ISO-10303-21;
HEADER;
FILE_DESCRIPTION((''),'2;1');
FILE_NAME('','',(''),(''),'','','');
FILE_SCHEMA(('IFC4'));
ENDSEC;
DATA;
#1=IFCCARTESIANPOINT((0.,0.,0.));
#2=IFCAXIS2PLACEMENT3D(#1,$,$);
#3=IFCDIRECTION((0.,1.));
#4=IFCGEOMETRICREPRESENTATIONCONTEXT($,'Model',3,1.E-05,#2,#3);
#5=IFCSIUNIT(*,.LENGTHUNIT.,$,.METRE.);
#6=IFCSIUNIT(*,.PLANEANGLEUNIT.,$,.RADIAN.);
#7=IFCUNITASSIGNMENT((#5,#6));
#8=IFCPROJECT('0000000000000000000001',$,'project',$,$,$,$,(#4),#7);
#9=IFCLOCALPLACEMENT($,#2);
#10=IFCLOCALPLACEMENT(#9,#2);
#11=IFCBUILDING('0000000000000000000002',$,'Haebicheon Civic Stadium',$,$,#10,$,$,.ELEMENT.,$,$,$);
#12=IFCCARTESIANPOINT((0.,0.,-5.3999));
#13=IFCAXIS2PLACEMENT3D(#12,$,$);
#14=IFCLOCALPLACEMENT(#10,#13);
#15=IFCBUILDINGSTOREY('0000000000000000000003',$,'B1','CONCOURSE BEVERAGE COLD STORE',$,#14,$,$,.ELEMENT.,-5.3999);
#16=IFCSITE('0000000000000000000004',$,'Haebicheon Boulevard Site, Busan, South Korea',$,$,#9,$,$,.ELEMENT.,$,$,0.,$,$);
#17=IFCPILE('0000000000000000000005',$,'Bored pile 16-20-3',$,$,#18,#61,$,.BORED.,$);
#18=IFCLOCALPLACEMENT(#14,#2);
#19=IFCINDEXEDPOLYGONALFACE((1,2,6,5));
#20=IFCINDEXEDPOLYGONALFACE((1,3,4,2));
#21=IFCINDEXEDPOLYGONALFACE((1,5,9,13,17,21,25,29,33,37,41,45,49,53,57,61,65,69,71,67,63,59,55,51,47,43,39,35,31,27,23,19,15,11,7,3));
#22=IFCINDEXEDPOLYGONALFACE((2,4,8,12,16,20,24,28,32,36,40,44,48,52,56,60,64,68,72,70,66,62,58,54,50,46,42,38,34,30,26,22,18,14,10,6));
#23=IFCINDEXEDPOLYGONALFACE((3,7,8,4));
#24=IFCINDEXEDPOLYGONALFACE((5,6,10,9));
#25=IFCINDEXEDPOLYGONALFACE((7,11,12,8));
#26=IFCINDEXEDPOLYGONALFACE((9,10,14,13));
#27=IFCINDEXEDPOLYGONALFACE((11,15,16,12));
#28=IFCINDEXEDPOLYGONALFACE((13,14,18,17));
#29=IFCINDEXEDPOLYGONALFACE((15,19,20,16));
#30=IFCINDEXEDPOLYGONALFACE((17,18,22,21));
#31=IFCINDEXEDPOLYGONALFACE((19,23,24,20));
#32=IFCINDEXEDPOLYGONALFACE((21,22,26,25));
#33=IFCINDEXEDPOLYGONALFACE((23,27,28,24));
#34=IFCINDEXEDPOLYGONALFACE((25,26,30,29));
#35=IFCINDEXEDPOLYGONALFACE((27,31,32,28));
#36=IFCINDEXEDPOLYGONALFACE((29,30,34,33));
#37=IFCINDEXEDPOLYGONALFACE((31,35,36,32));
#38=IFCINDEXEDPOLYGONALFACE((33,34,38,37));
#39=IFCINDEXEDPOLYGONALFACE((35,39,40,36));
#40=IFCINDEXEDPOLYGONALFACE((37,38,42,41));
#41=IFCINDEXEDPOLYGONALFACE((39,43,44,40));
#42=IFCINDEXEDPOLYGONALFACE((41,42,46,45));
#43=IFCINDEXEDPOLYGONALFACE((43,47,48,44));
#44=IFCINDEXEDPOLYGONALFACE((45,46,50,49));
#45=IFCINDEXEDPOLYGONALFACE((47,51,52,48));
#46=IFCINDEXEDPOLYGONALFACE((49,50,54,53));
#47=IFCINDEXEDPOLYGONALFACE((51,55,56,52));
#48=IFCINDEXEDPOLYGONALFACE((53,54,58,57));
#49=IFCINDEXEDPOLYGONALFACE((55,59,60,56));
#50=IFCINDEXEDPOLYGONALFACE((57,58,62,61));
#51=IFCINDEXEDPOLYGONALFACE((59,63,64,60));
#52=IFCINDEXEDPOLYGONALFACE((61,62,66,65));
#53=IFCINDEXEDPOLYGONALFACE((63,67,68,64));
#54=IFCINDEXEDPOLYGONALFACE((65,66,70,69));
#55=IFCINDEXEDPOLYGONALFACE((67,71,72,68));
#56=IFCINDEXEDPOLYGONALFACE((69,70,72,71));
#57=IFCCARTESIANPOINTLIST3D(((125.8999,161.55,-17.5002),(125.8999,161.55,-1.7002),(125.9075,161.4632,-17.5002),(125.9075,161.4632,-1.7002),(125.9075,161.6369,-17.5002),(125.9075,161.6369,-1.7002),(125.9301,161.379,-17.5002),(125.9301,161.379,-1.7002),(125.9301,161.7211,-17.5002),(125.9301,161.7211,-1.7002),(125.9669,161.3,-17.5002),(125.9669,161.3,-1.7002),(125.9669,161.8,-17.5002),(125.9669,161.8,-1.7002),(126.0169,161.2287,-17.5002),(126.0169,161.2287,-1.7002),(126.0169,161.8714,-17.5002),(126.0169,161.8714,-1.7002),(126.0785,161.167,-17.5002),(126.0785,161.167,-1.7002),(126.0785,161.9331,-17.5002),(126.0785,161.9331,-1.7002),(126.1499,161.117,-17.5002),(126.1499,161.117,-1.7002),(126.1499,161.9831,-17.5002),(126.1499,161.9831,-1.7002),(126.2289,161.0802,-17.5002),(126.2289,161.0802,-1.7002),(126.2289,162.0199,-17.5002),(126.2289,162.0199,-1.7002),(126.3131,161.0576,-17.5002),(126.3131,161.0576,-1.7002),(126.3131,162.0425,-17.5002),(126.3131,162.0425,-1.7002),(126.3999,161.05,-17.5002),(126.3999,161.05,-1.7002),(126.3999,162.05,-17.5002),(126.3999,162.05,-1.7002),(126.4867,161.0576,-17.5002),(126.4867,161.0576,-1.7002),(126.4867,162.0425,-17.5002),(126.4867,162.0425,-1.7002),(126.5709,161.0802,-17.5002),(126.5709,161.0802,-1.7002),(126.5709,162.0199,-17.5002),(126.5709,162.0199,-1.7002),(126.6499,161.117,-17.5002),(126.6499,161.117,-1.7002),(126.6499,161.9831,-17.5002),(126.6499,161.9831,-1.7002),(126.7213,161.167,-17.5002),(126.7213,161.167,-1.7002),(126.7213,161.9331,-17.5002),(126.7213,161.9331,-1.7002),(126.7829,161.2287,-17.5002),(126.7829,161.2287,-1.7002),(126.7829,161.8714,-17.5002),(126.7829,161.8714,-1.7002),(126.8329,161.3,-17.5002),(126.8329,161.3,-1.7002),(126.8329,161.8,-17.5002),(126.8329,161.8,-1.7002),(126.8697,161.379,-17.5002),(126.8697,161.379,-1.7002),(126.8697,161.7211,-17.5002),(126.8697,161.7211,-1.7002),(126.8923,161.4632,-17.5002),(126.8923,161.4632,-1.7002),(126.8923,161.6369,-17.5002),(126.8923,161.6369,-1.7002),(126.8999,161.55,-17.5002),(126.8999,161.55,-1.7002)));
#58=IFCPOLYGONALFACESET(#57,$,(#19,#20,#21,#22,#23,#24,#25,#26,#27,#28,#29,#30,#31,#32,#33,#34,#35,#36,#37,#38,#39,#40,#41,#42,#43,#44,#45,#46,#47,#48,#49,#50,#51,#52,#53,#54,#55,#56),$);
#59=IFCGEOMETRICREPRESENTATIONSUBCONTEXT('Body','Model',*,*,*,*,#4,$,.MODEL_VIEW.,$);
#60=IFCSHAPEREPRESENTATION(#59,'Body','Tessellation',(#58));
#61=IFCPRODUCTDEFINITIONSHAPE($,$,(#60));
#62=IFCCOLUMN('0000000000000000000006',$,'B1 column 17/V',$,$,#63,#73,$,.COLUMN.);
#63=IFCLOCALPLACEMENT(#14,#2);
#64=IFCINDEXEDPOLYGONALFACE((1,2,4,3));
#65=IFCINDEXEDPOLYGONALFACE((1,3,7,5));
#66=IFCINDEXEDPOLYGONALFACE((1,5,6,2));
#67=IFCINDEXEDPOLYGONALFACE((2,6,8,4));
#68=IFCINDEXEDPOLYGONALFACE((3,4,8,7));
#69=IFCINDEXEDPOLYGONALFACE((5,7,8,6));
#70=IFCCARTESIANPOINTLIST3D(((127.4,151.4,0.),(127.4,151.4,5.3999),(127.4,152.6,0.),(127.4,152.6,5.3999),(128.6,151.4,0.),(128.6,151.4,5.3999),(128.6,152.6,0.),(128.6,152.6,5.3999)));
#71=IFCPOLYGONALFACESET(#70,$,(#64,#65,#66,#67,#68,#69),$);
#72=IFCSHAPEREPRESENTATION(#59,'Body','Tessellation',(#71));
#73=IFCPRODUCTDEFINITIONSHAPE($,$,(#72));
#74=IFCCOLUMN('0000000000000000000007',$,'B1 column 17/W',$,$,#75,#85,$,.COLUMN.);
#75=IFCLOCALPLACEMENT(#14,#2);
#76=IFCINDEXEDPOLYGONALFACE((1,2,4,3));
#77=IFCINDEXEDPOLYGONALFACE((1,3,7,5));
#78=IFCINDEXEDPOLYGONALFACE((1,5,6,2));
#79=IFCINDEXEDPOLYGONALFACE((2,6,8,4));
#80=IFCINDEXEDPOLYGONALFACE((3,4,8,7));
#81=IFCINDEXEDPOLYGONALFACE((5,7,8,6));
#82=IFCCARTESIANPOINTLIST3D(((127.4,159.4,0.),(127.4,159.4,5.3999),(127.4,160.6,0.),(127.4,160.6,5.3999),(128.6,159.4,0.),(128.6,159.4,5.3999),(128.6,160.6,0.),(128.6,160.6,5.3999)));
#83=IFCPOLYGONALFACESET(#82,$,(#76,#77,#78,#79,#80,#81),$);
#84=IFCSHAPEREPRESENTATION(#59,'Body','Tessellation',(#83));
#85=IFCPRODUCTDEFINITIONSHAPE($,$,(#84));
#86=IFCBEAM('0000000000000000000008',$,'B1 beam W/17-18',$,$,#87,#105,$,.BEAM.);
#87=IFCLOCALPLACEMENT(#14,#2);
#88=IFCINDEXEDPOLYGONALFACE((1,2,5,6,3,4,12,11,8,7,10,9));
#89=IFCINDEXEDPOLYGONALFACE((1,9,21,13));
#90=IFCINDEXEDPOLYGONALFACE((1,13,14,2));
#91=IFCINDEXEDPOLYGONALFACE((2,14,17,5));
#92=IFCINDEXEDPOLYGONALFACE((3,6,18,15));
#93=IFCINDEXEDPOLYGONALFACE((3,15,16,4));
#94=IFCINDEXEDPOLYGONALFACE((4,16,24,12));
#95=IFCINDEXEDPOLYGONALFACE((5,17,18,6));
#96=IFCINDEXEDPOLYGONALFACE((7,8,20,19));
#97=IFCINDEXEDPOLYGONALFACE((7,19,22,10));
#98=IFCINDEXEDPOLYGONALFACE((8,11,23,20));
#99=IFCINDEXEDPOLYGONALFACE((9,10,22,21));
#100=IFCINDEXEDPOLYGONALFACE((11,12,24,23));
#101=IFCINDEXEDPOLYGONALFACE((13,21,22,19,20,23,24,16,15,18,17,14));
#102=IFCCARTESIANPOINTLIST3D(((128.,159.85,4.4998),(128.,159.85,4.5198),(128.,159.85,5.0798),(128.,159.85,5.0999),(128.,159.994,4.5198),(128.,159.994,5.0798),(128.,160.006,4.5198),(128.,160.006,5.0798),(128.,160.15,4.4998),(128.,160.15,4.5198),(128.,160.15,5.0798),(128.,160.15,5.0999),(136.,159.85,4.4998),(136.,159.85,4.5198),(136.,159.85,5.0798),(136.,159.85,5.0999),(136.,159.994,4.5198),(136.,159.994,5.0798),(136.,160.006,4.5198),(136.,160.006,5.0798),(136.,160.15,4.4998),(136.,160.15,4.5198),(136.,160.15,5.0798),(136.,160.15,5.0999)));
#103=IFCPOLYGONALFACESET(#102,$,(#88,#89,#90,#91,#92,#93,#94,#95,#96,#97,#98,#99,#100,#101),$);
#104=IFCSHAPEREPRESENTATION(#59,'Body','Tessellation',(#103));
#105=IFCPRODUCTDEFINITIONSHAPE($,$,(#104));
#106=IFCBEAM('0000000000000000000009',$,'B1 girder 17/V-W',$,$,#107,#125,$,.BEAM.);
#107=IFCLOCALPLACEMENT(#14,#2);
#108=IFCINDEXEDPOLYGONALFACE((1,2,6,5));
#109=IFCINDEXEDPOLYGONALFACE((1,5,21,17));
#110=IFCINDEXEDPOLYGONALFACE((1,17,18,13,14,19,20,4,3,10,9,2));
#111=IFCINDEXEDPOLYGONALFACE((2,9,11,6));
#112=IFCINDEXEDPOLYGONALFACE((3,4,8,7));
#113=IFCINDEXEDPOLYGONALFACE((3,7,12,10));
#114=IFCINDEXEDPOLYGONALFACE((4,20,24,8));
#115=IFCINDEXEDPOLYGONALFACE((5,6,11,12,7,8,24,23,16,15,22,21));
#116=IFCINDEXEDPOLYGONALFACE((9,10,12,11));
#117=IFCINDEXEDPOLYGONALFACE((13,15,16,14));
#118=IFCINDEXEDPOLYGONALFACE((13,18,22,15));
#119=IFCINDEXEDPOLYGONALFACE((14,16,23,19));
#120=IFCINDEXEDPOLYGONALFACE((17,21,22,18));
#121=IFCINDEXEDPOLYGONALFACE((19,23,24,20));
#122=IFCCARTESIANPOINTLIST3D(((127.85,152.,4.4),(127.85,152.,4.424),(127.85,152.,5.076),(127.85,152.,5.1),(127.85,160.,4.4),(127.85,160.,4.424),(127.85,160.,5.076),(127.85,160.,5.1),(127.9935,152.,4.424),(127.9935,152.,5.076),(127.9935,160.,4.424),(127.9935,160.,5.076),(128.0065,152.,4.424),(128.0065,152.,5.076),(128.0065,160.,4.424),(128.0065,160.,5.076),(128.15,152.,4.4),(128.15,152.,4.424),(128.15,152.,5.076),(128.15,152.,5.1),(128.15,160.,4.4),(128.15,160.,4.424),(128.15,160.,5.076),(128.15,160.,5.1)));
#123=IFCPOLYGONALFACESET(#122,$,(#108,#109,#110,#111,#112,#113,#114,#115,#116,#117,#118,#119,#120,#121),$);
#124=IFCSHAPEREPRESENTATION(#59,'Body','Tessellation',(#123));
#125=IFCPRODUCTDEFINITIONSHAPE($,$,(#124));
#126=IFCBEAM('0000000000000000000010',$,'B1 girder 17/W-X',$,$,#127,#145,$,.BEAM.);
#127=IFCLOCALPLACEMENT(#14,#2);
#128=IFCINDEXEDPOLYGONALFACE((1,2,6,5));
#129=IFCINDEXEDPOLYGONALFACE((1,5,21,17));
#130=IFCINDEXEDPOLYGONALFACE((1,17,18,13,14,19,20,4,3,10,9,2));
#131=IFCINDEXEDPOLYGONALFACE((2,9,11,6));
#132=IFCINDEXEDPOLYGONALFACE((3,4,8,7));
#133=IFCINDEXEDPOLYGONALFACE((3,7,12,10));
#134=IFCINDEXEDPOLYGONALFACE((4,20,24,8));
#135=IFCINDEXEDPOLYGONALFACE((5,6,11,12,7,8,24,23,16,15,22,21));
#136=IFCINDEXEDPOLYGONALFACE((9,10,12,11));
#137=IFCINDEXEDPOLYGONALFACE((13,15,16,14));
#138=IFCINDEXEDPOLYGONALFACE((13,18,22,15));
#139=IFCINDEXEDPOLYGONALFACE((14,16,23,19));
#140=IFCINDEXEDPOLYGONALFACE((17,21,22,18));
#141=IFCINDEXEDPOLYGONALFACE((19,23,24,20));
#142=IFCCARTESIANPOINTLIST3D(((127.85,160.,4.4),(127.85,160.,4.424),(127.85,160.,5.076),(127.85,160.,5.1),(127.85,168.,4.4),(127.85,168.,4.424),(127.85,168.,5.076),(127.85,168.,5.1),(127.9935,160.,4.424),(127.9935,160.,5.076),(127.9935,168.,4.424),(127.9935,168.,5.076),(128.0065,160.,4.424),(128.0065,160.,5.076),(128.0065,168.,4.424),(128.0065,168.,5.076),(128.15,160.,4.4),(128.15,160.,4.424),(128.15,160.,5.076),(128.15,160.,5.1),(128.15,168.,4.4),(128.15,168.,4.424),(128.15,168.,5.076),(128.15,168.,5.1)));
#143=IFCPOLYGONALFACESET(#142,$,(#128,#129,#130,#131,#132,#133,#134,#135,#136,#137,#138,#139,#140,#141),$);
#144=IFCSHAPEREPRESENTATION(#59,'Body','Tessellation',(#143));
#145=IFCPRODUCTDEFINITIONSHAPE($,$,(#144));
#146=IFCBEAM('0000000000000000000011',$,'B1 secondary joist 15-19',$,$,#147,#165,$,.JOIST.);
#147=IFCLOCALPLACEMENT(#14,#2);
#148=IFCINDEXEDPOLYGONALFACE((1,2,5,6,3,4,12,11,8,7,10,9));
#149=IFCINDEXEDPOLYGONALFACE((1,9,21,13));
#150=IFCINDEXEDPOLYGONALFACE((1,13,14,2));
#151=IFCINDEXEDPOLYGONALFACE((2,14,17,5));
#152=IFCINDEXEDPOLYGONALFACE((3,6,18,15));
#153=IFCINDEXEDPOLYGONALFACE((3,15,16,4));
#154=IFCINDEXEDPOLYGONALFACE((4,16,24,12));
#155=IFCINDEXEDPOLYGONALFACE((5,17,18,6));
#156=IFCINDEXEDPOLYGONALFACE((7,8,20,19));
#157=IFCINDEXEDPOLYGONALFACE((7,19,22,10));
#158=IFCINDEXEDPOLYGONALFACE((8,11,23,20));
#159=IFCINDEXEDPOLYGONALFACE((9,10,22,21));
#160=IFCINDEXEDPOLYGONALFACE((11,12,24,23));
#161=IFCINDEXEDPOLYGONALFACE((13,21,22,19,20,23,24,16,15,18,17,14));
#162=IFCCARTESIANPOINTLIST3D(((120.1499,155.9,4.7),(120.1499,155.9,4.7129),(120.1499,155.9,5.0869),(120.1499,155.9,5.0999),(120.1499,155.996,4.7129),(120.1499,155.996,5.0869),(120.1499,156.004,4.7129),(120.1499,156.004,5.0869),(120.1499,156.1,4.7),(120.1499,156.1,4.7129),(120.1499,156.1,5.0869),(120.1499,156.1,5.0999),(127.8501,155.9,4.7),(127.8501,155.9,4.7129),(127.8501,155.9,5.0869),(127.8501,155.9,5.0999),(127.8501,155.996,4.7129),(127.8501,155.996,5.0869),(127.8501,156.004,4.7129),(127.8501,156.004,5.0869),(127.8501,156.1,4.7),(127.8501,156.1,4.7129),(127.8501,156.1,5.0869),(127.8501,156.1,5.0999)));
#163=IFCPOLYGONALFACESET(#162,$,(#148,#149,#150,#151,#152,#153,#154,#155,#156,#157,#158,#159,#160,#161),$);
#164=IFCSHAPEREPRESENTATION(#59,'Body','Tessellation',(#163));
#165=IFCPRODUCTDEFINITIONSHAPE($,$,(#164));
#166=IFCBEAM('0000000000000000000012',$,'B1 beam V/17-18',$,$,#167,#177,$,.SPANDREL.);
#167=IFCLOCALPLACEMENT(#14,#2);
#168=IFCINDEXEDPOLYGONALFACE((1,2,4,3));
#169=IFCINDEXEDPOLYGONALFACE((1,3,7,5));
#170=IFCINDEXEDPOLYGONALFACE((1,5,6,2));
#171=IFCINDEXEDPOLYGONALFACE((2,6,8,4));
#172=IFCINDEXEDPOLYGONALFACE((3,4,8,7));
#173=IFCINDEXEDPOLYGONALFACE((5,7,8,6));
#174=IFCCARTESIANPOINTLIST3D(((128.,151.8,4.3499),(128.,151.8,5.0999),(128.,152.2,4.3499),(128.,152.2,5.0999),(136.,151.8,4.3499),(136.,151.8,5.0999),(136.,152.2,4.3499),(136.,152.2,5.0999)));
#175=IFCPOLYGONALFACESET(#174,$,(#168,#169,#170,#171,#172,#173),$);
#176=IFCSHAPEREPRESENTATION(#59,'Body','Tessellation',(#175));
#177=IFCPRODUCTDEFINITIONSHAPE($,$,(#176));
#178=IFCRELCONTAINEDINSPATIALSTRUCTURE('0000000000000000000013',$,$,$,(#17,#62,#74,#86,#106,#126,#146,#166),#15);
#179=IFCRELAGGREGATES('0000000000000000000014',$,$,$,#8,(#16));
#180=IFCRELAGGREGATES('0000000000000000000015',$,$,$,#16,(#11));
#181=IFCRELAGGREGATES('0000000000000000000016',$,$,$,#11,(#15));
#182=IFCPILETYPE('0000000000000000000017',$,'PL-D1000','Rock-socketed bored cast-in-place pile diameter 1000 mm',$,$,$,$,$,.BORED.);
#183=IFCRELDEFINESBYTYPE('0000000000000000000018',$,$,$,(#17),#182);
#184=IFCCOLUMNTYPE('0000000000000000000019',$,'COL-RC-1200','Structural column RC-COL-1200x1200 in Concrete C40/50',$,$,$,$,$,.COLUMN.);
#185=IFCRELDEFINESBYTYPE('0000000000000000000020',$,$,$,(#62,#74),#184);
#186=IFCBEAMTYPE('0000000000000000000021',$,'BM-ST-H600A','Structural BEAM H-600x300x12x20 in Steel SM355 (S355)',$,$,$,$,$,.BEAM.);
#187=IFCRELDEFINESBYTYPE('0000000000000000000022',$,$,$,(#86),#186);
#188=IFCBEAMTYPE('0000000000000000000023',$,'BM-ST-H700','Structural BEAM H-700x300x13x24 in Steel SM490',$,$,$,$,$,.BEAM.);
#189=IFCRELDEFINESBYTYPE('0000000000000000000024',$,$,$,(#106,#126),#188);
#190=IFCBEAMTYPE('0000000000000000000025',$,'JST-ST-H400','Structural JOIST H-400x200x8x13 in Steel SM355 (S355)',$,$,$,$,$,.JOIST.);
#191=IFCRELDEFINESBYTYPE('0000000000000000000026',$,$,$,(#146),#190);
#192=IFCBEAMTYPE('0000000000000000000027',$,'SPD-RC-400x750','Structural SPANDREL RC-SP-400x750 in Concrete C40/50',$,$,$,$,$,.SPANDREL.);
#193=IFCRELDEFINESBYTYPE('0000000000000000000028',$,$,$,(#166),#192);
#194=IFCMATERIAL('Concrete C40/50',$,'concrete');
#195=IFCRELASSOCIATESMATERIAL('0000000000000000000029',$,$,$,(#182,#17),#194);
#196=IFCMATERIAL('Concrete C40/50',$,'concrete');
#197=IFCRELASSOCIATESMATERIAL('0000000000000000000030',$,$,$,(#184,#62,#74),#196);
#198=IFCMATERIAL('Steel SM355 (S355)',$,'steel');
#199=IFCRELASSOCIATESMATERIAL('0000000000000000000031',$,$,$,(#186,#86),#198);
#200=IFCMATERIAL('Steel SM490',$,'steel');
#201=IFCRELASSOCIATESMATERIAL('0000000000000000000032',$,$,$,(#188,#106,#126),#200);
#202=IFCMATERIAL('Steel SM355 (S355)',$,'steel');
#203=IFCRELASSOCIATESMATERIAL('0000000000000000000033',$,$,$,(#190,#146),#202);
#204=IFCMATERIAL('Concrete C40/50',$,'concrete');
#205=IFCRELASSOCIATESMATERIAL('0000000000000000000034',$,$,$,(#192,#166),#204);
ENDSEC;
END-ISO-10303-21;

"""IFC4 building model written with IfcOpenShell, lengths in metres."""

from ifc_helpers import new_model, si_unit, direction, frame, origin, origin_2d, place, context, subcontext, project, spatial, rectangle, circle, i_section, extrude, material, material_profile, profile_set, type_object, element, save


model = new_model("IFC4")

# Units and contexts
model_context = context("Model", 3, precision=1e-05, world=origin(), true_north=direction((0.0, 1.0)))
body_context = subcontext(model_context, "Body", "Model", "MODEL_VIEW")
ifc_project = project(units=[si_unit("LENGTHUNIT", "METRE"), si_unit("PLANEANGLEUNIT", "RADIAN")], contexts=[model_context])

# Site, building, storey
site_placement = place(None, origin())
site = spatial("IfcSite", under=ifc_project, at=site_placement, Name="Haebicheon Boulevard Site, Busan, South Korea", CompositionType="ELEMENT", RefElevation=0.0)
building_placement = place(site_placement, origin())
building = spatial("IfcBuilding", under=site, at=building_placement, Name="Haebicheon Civic Stadium", CompositionType="ELEMENT")
storey_placement = place(building_placement, frame((0.0, 0.0, -5.3999)))
storey = spatial("IfcBuildingStorey", under=building, at=storey_placement, Name="B1", Description="CONCOURSE BEVERAGE COLD STORE", CompositionType="ELEMENT", Elevation=-5.3999)

# Pile
ifc_material_1 = material(Name="Concrete C40/50", Category="concrete")
ifc_material_profile_1 = material_profile(ifc_material_1, circle(Radius=0.5, at=origin_2d()), Name="PILE-D1000")
ifc_profile_set_1 = profile_set([ifc_material_profile_1], Name="Concrete C40/50")
pile_type = type_object("IfcPileType", Name="PL-D1000", Description="Rock-socketed bored cast-in-place pile diameter 1000 mm", PredefinedType="BORED", material=ifc_profile_set_1)
for number, where, z_axis, x_axis, name in (
    (1, (126.3999, 161.55, -1.7002), (0.0, 0.0, -1.0), (1.0, 0.0, 0.0), "Bored pile 16-20-3"),
):
    element("IfcPile", number, at=place(storey_placement, frame(where, z_axis=z_axis, x_axis=x_axis)), inside=storey, type_object=pile_type, material=ifc_profile_set_1, Name=name, PredefinedType="BORED", context=body_context, shape_type="SweptSolid", body=[
        extrude(circle(Radius=0.5, at=origin_2d()), origin(), (0.0, 0.0, 1.0), 15.8),
    ])

# Columns
ifc_material_2 = material(Name="Concrete C40/50", Category="concrete")
ifc_material_profile_2 = material_profile(ifc_material_2, rectangle(XDim=1.2, YDim=1.2, at=origin_2d()), Name="RC-COL-1200x1200")
ifc_profile_set_2 = profile_set([ifc_material_profile_2], Name="Concrete C40/50")
column_type = type_object("IfcColumnType", Name="COL-RC-1200", Description="Structural column RC-COL-1200x1200 in Concrete C40/50", PredefinedType="COLUMN", material=ifc_profile_set_2)
for number, where, z_axis, x_axis, name in (
    (2, (128.0, 152.0, 0.0), (0.0, 0.0, 1.0), (1.0, 0.0, 0.0), "B1 column 17/V"),
    (3, (128.0, 160.0, 0.0), (0.0, 0.0, 1.0), (1.0, 0.0, 0.0), "B1 column 17/W"),
):
    element("IfcColumn", number, at=place(storey_placement, frame(where, z_axis=z_axis, x_axis=x_axis)), inside=storey, type_object=column_type, material=ifc_profile_set_2, Name=name, PredefinedType="COLUMN", context=body_context, shape_type="SweptSolid", body=[
        extrude(rectangle(XDim=1.2, YDim=1.2, at=origin_2d()), origin(), (0.0, 0.0, 1.0), 5.3999),
    ])

# Beams
ifc_material_3 = material(Name="Steel SM355 (S355)", Category="steel")
ifc_material_profile_3 = material_profile(ifc_material_3, i_section(OverallWidth=0.3, OverallDepth=0.6001, WebThickness=0.012, FlangeThickness=0.02, at=origin_2d()), Name="H-600x300x12x20")
ifc_profile_set_3 = profile_set([ifc_material_profile_3], Name="Steel SM355 (S355)")
beam_type_1 = type_object("IfcBeamType", Name="BM-ST-H600A", Description="Structural BEAM H-600x300x12x20 in Steel SM355 (S355)", PredefinedType="BEAM", material=ifc_profile_set_3)
beam_1_placement = place(storey_placement, frame((128.0, 160.0, 4.7998), z_axis=(1.0, 0.0, 0.0), x_axis=(0.0, 1.0, 0.0)))
element("IfcBeam", 4, at=beam_1_placement, inside=storey, type_object=beam_type_1, material=ifc_profile_set_3, Name="B1 beam W/17-18", PredefinedType="BEAM", context=body_context, shape_type="SweptSolid", body=[
    extrude(i_section(OverallWidth=0.3, OverallDepth=0.6001, WebThickness=0.012, FlangeThickness=0.02, at=origin_2d()), origin(), (0.0, 0.0, 1.0), 8.0),
])
ifc_material_4 = material(Name="Steel SM490", Category="steel")
ifc_material_profile_4 = material_profile(ifc_material_4, i_section(OverallWidth=0.3, OverallDepth=0.7, WebThickness=0.0129, FlangeThickness=0.0239, at=origin_2d()), Name="H-700x300x13x24")
ifc_profile_set_4 = profile_set([ifc_material_profile_4], Name="Steel SM490")
beam_type_2 = type_object("IfcBeamType", Name="BM-ST-H700", Description="Structural BEAM H-700x300x13x24 in Steel SM490", PredefinedType="BEAM", material=ifc_profile_set_4)
for number, where, z_axis, x_axis, name in (
    (5, (128.0, 152.0, 4.75), (0.0, 1.0, 0.0), (-1.0, 0.0, 0.0), "B1 girder 17/V-W"),
    (6, (128.0, 160.0, 4.75), (0.0, 1.0, 0.0), (-1.0, 0.0, 0.0), "B1 girder 17/W-X"),
):
    element("IfcBeam", number, at=place(storey_placement, frame(where, z_axis=z_axis, x_axis=x_axis)), inside=storey, type_object=beam_type_2, material=ifc_profile_set_4, Name=name, PredefinedType="BEAM", context=body_context, shape_type="SweptSolid", body=[
        extrude(i_section(OverallWidth=0.3, OverallDepth=0.7, WebThickness=0.0129, FlangeThickness=0.0239, at=origin_2d()), origin(), (0.0, 0.0, 1.0), 8.0),
    ])
ifc_material_5 = material(Name="Steel SM355 (S355)", Category="steel")
ifc_material_profile_5 = material_profile(ifc_material_5, i_section(OverallWidth=0.2, OverallDepth=0.3999, WebThickness=0.0081, FlangeThickness=0.0129, at=origin_2d()), Name="H-400x200x8x13")
ifc_profile_set_5 = profile_set([ifc_material_profile_5], Name="Steel SM355 (S355)")
beam_type_3 = type_object("IfcBeamType", Name="JST-ST-H400", Description="Structural JOIST H-400x200x8x13 in Steel SM355 (S355)", PredefinedType="JOIST", material=ifc_profile_set_5)
beam_2_placement = place(storey_placement, frame((120.1499, 156.0, 4.8999), z_axis=(1.0, 0.0, 0.0), x_axis=(0.0, 1.0, 0.0)))
element("IfcBeam", 7, at=beam_2_placement, inside=storey, type_object=beam_type_3, material=ifc_profile_set_5, Name="B1 secondary joist 15-19", PredefinedType="JOIST", context=body_context, shape_type="SweptSolid", body=[
    extrude(i_section(OverallWidth=0.2, OverallDepth=0.3999, WebThickness=0.0081, FlangeThickness=0.0129, at=origin_2d()), origin(), (0.0, 0.0, 1.0), 7.7002),
])
ifc_material_6 = material(Name="Concrete C40/50", Category="concrete")
ifc_material_profile_6 = material_profile(ifc_material_6, rectangle(XDim=0.3999, YDim=0.75, at=origin_2d()), Name="RC-SP-400x750")
ifc_profile_set_6 = profile_set([ifc_material_profile_6], Name="Concrete C40/50")
beam_type_4 = type_object("IfcBeamType", Name="SPD-RC-400x750", Description="Structural SPANDREL RC-SP-400x750 in Concrete C40/50", PredefinedType="SPANDREL", material=ifc_profile_set_6)
beam_3_placement = place(storey_placement, frame((128.0, 152.0, 4.7249), z_axis=(1.0, 0.0, 0.0), x_axis=(0.0, 1.0, 0.0)))
element("IfcBeam", 8, at=beam_3_placement, inside=storey, type_object=beam_type_4, material=ifc_profile_set_6, Name="B1 beam V/17-18", PredefinedType="SPANDREL", context=body_context, shape_type="SweptSolid", body=[
    extrude(rectangle(XDim=0.3999, YDim=0.75, at=origin_2d()), origin(), (0.0, 0.0, 1.0), 8.0),
])

save(model, "model.ifc")
